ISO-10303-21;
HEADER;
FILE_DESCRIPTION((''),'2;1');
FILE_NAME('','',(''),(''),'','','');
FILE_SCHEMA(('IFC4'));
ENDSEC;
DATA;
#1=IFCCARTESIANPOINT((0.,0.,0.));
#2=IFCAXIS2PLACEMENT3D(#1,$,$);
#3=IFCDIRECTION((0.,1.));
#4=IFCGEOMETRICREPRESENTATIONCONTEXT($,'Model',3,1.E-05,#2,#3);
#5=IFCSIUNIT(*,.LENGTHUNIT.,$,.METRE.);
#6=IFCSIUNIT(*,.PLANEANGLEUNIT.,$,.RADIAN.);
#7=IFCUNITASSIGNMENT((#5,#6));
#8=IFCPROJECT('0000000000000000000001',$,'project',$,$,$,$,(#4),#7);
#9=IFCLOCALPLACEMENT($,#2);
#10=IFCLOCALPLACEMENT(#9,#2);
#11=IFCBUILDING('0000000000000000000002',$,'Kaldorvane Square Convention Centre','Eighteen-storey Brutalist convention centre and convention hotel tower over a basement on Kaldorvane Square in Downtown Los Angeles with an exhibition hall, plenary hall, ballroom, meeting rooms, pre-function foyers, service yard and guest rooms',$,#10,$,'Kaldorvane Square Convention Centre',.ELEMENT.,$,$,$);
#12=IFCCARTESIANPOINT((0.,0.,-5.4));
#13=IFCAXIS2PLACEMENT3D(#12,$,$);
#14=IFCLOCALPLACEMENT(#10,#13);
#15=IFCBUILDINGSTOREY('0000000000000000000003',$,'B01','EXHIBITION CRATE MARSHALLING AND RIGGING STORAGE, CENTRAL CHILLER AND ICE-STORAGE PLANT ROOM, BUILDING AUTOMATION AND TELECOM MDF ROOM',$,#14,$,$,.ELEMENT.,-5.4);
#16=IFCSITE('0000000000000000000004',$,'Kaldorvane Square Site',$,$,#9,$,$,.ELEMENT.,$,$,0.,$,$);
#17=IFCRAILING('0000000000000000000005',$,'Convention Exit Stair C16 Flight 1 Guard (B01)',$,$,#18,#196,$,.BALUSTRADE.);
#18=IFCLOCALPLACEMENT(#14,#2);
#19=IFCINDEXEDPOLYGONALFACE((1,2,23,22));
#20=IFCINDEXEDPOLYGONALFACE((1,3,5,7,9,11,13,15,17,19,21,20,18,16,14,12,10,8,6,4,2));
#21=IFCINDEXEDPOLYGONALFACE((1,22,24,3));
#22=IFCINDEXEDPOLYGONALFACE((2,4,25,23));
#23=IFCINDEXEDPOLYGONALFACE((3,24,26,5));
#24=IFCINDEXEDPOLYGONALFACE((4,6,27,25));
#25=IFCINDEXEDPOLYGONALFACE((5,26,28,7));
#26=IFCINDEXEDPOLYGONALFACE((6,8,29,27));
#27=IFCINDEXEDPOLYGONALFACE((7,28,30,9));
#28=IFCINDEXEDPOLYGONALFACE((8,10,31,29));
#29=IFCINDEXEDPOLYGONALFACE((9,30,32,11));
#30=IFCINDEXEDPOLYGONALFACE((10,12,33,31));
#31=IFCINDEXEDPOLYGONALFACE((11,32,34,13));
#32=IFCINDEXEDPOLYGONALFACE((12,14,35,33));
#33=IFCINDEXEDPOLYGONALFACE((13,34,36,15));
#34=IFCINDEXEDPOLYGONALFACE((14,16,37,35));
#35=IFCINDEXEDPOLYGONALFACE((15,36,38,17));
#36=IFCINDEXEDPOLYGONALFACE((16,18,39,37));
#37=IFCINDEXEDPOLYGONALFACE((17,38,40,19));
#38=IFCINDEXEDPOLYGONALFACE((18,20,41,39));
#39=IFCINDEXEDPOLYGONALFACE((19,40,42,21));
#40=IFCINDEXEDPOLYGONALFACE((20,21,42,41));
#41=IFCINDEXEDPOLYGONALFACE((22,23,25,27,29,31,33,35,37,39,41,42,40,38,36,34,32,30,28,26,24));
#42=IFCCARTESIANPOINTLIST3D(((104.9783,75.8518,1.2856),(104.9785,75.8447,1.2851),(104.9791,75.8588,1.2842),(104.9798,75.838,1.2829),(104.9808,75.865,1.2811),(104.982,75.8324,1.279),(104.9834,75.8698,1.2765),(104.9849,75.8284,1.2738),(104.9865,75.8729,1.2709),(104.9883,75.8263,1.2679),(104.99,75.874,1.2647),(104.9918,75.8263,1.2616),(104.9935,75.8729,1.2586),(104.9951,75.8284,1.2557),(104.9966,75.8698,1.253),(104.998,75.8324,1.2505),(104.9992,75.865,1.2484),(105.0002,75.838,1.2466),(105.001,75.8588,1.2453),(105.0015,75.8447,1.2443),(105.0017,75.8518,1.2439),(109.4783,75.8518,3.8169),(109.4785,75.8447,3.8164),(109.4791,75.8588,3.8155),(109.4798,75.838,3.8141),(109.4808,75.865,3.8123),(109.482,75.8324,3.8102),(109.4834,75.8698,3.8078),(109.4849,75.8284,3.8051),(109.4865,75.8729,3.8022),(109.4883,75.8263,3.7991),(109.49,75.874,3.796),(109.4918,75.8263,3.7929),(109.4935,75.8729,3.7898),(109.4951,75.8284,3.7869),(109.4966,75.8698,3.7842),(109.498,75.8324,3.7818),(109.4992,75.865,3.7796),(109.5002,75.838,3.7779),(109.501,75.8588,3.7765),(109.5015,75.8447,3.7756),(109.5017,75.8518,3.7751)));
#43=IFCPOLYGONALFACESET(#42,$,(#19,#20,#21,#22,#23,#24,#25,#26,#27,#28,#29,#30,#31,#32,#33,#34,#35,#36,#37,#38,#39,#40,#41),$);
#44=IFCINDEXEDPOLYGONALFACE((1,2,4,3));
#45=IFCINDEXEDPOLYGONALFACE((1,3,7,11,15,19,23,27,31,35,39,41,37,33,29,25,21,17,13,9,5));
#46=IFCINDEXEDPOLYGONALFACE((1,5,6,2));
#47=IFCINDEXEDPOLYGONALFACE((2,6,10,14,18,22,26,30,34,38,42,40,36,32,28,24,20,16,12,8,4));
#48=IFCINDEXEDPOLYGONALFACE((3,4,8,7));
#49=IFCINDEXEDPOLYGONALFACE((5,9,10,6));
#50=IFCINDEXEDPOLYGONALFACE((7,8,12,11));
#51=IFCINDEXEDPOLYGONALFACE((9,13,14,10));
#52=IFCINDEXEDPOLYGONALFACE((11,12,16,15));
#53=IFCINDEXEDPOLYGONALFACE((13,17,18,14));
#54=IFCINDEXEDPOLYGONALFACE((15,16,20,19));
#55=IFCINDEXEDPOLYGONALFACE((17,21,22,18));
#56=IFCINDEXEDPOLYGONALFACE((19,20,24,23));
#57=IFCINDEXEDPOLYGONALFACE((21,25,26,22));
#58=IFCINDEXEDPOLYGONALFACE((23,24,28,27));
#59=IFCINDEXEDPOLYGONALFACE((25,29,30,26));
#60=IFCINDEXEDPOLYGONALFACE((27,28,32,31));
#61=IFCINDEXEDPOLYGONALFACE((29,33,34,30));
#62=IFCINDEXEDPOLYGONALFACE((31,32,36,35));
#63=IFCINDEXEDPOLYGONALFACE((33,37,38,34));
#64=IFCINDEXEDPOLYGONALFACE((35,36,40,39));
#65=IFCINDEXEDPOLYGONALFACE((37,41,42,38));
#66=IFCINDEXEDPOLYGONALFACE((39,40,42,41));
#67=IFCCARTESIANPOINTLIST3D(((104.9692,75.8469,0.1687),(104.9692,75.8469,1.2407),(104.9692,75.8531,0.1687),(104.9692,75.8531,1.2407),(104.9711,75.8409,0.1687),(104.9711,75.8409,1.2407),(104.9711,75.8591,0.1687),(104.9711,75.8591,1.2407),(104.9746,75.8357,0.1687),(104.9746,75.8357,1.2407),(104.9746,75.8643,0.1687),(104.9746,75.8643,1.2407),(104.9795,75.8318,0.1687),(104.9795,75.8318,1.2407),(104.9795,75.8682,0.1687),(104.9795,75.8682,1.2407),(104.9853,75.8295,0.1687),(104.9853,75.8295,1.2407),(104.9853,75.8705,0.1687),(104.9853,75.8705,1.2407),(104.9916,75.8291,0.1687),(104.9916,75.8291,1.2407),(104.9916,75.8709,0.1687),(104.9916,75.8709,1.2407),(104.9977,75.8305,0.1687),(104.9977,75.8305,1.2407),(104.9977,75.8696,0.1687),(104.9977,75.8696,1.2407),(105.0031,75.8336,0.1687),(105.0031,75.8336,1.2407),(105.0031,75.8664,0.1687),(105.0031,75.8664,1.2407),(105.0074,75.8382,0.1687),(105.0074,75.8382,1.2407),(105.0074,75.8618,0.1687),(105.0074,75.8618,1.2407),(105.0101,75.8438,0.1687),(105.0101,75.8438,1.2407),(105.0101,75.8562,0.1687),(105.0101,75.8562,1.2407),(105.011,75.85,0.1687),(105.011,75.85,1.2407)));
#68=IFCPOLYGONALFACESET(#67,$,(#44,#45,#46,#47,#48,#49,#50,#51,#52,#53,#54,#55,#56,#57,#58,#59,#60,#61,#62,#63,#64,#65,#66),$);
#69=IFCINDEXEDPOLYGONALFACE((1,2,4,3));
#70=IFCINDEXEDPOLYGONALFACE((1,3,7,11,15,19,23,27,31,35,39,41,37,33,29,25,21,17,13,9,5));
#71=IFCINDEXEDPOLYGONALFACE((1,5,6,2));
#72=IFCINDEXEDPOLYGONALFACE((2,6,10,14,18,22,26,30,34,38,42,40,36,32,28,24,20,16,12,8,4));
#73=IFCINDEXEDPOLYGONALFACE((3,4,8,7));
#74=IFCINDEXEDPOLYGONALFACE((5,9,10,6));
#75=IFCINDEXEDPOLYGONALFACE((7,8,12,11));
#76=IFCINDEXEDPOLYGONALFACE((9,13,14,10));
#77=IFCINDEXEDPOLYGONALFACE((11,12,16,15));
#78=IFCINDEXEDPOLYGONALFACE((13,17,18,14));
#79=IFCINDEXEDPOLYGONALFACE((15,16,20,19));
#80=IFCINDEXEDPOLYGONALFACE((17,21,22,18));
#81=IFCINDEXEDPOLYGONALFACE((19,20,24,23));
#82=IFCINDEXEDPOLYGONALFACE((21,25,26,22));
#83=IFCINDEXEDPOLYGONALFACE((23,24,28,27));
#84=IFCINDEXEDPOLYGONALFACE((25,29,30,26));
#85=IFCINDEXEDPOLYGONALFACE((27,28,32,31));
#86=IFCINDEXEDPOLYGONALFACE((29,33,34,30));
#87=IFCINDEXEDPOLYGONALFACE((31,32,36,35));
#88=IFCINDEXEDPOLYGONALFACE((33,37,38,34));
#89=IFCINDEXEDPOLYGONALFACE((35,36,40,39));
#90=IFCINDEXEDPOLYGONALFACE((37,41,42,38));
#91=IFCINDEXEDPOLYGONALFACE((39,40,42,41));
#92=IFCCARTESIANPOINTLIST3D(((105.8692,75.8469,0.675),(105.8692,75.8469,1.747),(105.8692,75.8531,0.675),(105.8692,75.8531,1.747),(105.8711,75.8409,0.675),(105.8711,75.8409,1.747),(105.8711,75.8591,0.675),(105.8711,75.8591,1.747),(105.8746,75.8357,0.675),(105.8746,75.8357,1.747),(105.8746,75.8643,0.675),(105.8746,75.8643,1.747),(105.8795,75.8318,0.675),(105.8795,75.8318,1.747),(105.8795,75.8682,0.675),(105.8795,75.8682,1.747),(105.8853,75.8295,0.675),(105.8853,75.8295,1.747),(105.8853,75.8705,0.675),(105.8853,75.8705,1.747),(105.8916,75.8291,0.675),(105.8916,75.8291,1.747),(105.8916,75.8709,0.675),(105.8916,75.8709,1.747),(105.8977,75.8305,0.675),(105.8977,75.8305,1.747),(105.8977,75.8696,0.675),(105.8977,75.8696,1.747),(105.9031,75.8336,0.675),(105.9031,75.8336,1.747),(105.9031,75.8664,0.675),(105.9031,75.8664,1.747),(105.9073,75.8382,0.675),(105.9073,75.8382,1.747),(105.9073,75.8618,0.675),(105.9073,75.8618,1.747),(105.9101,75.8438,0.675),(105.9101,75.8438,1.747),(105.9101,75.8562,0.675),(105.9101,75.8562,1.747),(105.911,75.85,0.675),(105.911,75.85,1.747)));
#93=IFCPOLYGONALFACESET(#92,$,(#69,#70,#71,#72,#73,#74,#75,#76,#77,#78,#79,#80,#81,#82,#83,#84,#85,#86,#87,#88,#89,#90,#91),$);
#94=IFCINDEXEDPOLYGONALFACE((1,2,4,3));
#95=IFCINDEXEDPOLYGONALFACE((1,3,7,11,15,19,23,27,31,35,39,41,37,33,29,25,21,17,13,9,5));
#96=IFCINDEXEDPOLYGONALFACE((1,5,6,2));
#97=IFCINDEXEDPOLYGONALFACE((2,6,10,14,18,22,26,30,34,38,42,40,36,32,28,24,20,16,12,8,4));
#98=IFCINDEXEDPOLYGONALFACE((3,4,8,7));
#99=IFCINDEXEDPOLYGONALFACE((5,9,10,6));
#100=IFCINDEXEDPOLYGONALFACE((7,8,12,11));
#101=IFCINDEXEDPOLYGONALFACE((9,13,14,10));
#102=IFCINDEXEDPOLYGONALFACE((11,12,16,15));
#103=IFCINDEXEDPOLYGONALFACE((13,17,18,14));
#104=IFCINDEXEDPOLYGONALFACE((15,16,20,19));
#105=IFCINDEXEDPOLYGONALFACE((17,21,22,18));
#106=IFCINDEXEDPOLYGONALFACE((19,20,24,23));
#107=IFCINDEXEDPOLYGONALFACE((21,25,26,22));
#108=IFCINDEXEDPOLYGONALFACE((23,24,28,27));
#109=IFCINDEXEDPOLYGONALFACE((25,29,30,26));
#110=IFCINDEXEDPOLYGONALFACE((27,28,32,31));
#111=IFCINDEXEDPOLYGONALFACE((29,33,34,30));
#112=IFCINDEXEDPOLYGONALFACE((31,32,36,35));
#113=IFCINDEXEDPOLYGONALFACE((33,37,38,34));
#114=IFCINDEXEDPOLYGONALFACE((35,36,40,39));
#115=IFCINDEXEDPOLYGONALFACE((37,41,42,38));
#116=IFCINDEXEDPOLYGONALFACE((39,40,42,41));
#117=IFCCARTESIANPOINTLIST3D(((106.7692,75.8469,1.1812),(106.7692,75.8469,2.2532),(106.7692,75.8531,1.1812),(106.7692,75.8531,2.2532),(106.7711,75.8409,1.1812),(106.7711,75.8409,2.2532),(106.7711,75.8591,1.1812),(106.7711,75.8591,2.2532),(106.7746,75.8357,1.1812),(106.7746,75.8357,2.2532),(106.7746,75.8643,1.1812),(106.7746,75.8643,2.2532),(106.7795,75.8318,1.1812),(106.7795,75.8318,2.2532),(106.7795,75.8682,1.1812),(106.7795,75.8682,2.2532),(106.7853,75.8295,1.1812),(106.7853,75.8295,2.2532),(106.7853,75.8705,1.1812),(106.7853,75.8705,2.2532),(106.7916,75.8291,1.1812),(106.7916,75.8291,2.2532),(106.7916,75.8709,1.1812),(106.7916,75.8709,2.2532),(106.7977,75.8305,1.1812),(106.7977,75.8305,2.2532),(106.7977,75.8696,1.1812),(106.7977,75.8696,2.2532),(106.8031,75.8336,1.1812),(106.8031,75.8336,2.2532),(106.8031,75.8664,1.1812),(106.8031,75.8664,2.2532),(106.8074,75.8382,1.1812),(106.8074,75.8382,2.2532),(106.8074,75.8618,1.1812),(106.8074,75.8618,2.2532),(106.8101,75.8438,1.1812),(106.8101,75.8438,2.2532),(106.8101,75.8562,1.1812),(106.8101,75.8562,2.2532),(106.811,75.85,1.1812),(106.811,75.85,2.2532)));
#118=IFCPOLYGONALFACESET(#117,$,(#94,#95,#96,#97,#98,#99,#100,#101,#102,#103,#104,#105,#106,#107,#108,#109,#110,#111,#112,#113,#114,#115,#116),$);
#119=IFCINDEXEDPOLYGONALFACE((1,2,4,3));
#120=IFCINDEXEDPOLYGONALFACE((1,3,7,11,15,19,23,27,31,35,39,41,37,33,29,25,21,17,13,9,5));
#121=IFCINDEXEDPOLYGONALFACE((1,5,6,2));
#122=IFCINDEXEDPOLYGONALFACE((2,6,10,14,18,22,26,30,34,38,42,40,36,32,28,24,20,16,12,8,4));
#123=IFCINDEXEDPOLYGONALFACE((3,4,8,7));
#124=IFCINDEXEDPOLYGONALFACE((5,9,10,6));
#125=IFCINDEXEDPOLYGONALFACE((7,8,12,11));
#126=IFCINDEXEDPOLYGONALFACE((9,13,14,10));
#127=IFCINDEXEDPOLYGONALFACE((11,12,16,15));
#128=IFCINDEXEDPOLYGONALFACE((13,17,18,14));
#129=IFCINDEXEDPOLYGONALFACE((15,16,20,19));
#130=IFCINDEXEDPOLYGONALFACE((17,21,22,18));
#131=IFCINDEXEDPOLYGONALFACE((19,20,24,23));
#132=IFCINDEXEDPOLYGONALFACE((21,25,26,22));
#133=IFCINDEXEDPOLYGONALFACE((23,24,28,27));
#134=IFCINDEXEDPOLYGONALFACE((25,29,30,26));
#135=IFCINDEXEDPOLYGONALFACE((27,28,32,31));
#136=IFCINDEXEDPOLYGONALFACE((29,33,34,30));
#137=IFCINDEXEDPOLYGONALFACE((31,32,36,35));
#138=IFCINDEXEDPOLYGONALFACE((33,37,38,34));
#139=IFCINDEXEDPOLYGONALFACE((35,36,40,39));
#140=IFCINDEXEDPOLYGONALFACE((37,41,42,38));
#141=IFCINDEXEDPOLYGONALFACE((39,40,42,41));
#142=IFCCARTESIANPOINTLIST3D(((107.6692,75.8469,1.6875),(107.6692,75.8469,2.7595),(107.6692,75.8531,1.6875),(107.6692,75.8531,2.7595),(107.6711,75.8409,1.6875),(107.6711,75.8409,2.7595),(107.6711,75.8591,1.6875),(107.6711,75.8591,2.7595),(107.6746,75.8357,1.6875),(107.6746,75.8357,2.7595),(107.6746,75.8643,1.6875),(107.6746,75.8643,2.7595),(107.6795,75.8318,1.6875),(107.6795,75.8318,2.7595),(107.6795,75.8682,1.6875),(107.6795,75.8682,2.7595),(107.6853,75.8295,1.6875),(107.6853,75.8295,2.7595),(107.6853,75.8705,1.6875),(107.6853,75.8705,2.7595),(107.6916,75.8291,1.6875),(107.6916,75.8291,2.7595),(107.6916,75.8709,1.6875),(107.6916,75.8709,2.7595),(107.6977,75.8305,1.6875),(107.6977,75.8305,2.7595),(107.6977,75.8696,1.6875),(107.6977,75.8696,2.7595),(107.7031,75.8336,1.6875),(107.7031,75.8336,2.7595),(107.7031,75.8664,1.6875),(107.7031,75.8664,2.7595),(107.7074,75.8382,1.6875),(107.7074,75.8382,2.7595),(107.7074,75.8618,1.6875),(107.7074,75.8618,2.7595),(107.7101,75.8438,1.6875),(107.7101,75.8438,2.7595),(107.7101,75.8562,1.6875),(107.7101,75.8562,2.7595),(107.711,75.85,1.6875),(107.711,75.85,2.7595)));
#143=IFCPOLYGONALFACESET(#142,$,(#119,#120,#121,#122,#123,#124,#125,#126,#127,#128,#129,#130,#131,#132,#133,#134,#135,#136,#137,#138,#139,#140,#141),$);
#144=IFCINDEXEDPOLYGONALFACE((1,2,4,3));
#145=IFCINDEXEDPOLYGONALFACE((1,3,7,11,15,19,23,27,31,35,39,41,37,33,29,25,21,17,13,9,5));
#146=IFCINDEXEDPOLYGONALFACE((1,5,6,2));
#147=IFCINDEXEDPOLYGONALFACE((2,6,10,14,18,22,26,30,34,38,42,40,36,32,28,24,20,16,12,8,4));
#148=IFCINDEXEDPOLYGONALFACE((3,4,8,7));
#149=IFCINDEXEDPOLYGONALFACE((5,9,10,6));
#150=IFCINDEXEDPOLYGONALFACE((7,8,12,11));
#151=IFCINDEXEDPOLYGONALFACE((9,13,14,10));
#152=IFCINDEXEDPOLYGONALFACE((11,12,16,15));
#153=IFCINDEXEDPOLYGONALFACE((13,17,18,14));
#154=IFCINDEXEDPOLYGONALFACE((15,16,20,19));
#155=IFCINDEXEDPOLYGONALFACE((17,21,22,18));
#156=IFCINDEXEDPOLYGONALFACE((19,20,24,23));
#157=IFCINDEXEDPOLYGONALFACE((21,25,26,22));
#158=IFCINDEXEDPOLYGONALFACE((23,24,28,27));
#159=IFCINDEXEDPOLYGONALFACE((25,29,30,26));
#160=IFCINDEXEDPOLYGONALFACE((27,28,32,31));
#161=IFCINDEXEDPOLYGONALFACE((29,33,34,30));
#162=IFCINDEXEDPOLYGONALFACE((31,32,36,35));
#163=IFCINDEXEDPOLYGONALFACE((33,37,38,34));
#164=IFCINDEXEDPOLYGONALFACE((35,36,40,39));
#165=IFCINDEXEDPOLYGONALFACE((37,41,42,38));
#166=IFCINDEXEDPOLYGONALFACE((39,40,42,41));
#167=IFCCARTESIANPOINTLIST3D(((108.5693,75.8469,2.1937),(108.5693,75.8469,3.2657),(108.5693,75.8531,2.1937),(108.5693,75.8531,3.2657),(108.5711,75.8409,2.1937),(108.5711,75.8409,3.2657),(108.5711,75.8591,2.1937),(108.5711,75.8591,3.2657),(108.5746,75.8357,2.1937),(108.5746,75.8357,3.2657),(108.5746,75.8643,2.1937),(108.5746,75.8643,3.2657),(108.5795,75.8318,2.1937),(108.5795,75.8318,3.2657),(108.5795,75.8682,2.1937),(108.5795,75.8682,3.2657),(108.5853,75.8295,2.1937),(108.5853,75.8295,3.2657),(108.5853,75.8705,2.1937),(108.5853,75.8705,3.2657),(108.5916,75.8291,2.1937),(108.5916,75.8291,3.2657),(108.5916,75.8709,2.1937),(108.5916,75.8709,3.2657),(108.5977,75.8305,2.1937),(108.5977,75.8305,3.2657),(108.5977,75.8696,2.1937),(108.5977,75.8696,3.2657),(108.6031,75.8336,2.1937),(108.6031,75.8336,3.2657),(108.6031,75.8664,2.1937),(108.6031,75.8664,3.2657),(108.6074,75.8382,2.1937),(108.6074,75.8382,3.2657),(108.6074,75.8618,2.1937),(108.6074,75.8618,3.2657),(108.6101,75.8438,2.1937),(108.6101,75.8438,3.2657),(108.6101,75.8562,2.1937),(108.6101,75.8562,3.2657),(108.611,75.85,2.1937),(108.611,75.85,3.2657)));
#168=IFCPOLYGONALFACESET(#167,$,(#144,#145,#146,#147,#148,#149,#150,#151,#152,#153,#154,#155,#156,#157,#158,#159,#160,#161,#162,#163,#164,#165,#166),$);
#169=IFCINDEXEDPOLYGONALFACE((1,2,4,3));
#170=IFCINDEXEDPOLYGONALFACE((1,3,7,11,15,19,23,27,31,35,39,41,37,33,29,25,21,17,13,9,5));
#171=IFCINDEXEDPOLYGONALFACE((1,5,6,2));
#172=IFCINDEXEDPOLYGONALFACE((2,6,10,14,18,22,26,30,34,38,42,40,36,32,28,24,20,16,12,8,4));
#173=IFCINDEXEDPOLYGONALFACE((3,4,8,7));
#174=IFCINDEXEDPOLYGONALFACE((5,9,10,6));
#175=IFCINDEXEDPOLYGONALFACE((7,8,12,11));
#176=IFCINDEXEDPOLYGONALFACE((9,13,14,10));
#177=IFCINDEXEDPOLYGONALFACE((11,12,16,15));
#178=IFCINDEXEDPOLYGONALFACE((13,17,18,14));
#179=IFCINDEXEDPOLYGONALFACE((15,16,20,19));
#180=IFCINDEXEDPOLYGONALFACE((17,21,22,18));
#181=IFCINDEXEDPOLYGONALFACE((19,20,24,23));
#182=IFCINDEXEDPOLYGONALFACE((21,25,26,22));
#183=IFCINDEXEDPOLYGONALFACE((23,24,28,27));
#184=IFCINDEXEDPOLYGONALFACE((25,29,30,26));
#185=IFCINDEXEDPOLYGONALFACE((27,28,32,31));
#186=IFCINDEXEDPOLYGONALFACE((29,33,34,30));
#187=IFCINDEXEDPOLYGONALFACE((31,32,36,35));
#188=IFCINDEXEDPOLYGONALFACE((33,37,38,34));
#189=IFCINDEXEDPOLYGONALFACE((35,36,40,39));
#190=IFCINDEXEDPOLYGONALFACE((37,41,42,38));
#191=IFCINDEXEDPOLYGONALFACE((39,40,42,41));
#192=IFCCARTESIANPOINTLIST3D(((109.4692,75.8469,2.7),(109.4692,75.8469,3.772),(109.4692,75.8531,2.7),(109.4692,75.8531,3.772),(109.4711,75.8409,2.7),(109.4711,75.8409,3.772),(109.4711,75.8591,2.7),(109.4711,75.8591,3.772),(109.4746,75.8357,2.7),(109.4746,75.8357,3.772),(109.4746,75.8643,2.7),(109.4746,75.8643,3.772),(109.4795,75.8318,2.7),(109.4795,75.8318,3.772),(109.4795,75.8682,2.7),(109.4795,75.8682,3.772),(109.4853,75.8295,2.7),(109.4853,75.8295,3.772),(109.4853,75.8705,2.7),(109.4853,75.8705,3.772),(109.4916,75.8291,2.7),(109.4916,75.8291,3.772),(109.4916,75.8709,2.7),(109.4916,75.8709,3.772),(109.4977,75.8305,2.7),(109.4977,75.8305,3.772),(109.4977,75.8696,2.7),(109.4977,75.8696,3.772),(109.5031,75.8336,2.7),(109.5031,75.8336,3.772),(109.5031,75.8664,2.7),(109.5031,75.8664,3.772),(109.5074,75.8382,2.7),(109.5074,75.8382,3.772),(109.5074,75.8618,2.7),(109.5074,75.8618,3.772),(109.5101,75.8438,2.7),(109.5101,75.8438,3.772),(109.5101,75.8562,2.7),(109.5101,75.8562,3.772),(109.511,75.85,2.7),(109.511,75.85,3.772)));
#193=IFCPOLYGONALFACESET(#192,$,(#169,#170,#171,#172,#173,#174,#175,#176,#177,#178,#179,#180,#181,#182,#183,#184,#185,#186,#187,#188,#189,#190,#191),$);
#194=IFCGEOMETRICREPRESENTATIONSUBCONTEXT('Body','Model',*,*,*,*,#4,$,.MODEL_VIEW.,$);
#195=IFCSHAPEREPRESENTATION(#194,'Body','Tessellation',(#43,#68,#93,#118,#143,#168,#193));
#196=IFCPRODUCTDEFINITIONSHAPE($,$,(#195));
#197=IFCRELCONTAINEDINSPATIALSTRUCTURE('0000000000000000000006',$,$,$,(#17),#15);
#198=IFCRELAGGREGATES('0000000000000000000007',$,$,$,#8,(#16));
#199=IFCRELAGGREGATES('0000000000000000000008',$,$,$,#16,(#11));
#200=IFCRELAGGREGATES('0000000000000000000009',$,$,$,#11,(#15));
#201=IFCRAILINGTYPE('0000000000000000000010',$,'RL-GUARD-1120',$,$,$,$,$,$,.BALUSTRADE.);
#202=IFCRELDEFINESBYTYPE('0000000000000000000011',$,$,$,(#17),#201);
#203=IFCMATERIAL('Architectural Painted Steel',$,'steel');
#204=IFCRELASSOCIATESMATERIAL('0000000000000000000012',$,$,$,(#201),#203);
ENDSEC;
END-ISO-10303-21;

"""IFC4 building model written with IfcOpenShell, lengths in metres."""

from ifc_helpers import new_model, si_unit, direction, frame, origin, origin_2d, place, context, subcontext, project, spatial, circle, extrude, material, type_object, element, save


model = new_model("IFC4")

# Units and contexts
model_context = context("Model", 3, precision=1e-05, world=origin(), true_north=direction((0.0, 1.0)))
body_context = subcontext(model_context, "Body", "Model", "MODEL_VIEW")
ifc_project = project(units=[si_unit("LENGTHUNIT", "METRE"), si_unit("PLANEANGLEUNIT", "RADIAN")], contexts=[model_context])

# Site, building, storey
site_placement = place(None, origin())
site = spatial("IfcSite", under=ifc_project, at=site_placement, Name="Kaldorvane Square Site", CompositionType="ELEMENT", RefElevation=0.0)
building_placement = place(site_placement, origin())
building = spatial("IfcBuilding", under=site, at=building_placement, Name="Kaldorvane Square Convention Centre", Description="Eighteen-storey Brutalist convention centre and convention hotel tower over a basement on Kaldorvane Square in Downtown Los Angeles with an exhibition hall, plenary hall, ballroom, meeting rooms, pre-function foyers, service yard and guest rooms", LongName="Kaldorvane Square Convention Centre", CompositionType="ELEMENT")
storey_placement = place(building_placement, frame((0.0, 0.0, -5.4)))
storey = spatial("IfcBuildingStorey", under=building, at=storey_placement, Name="B01", Description="EXHIBITION CRATE MARSHALLING AND RIGGING STORAGE, CENTRAL CHILLER AND ICE-STORAGE PLANT ROOM, BUILDING AUTOMATION AND TELECOM MDF ROOM", CompositionType="ELEMENT", Elevation=-5.4)

# Railing
ifc_material_1 = material(Name="Architectural Painted Steel", Category="steel")
railing_type_1 = type_object("IfcRailingType", Name="RL-GUARD-1120", PredefinedType="BALUSTRADE", material=ifc_material_1)
railing_1_placement = place(storey_placement, frame((104.99, 75.85, 0.1687)))
element("IfcRailing", 1, at=railing_1_placement, inside=storey, type_object=railing_type_1, Name="Convention Exit Stair C16 Flight 1 Guard (B01)", PredefinedType="BALUSTRADE", context=body_context, shape_type="SweptSolid", body=[
    extrude(circle(Radius=0.024, at=origin_2d()), frame((0.0, 0.0, 1.096), z_axis=(0.871576, 0.0, 0.490261), x_axis=(0.0, 1.0, 0.0)), (0.0, 0.0, 1.0), 5.1631),
    extrude(circle(Radius=0.021, at=origin_2d()), origin(), (0.0, 0.0, 1.0), 1.072),
    extrude(circle(Radius=0.021, at=origin_2d()), frame((0.9, 0.0, 0.5063)), (0.0, 0.0, 1.0), 1.072),
    extrude(circle(Radius=0.021, at=origin_2d()), frame((1.8, 0.0, 1.0125)), (0.0, 0.0, 1.0), 1.072),
    extrude(circle(Radius=0.021, at=origin_2d()), frame((2.7, 0.0, 1.5188)), (0.0, 0.0, 1.0), 1.072),
    extrude(circle(Radius=0.021, at=origin_2d()), frame((3.6, 0.0, 2.025)), (0.0, 0.0, 1.0), 1.072),
    extrude(circle(Radius=0.021, at=origin_2d()), frame((4.5, 0.0, 2.5312)), (0.0, 0.0, 1.0), 1.072),
])

save(model, "model.ifc")
